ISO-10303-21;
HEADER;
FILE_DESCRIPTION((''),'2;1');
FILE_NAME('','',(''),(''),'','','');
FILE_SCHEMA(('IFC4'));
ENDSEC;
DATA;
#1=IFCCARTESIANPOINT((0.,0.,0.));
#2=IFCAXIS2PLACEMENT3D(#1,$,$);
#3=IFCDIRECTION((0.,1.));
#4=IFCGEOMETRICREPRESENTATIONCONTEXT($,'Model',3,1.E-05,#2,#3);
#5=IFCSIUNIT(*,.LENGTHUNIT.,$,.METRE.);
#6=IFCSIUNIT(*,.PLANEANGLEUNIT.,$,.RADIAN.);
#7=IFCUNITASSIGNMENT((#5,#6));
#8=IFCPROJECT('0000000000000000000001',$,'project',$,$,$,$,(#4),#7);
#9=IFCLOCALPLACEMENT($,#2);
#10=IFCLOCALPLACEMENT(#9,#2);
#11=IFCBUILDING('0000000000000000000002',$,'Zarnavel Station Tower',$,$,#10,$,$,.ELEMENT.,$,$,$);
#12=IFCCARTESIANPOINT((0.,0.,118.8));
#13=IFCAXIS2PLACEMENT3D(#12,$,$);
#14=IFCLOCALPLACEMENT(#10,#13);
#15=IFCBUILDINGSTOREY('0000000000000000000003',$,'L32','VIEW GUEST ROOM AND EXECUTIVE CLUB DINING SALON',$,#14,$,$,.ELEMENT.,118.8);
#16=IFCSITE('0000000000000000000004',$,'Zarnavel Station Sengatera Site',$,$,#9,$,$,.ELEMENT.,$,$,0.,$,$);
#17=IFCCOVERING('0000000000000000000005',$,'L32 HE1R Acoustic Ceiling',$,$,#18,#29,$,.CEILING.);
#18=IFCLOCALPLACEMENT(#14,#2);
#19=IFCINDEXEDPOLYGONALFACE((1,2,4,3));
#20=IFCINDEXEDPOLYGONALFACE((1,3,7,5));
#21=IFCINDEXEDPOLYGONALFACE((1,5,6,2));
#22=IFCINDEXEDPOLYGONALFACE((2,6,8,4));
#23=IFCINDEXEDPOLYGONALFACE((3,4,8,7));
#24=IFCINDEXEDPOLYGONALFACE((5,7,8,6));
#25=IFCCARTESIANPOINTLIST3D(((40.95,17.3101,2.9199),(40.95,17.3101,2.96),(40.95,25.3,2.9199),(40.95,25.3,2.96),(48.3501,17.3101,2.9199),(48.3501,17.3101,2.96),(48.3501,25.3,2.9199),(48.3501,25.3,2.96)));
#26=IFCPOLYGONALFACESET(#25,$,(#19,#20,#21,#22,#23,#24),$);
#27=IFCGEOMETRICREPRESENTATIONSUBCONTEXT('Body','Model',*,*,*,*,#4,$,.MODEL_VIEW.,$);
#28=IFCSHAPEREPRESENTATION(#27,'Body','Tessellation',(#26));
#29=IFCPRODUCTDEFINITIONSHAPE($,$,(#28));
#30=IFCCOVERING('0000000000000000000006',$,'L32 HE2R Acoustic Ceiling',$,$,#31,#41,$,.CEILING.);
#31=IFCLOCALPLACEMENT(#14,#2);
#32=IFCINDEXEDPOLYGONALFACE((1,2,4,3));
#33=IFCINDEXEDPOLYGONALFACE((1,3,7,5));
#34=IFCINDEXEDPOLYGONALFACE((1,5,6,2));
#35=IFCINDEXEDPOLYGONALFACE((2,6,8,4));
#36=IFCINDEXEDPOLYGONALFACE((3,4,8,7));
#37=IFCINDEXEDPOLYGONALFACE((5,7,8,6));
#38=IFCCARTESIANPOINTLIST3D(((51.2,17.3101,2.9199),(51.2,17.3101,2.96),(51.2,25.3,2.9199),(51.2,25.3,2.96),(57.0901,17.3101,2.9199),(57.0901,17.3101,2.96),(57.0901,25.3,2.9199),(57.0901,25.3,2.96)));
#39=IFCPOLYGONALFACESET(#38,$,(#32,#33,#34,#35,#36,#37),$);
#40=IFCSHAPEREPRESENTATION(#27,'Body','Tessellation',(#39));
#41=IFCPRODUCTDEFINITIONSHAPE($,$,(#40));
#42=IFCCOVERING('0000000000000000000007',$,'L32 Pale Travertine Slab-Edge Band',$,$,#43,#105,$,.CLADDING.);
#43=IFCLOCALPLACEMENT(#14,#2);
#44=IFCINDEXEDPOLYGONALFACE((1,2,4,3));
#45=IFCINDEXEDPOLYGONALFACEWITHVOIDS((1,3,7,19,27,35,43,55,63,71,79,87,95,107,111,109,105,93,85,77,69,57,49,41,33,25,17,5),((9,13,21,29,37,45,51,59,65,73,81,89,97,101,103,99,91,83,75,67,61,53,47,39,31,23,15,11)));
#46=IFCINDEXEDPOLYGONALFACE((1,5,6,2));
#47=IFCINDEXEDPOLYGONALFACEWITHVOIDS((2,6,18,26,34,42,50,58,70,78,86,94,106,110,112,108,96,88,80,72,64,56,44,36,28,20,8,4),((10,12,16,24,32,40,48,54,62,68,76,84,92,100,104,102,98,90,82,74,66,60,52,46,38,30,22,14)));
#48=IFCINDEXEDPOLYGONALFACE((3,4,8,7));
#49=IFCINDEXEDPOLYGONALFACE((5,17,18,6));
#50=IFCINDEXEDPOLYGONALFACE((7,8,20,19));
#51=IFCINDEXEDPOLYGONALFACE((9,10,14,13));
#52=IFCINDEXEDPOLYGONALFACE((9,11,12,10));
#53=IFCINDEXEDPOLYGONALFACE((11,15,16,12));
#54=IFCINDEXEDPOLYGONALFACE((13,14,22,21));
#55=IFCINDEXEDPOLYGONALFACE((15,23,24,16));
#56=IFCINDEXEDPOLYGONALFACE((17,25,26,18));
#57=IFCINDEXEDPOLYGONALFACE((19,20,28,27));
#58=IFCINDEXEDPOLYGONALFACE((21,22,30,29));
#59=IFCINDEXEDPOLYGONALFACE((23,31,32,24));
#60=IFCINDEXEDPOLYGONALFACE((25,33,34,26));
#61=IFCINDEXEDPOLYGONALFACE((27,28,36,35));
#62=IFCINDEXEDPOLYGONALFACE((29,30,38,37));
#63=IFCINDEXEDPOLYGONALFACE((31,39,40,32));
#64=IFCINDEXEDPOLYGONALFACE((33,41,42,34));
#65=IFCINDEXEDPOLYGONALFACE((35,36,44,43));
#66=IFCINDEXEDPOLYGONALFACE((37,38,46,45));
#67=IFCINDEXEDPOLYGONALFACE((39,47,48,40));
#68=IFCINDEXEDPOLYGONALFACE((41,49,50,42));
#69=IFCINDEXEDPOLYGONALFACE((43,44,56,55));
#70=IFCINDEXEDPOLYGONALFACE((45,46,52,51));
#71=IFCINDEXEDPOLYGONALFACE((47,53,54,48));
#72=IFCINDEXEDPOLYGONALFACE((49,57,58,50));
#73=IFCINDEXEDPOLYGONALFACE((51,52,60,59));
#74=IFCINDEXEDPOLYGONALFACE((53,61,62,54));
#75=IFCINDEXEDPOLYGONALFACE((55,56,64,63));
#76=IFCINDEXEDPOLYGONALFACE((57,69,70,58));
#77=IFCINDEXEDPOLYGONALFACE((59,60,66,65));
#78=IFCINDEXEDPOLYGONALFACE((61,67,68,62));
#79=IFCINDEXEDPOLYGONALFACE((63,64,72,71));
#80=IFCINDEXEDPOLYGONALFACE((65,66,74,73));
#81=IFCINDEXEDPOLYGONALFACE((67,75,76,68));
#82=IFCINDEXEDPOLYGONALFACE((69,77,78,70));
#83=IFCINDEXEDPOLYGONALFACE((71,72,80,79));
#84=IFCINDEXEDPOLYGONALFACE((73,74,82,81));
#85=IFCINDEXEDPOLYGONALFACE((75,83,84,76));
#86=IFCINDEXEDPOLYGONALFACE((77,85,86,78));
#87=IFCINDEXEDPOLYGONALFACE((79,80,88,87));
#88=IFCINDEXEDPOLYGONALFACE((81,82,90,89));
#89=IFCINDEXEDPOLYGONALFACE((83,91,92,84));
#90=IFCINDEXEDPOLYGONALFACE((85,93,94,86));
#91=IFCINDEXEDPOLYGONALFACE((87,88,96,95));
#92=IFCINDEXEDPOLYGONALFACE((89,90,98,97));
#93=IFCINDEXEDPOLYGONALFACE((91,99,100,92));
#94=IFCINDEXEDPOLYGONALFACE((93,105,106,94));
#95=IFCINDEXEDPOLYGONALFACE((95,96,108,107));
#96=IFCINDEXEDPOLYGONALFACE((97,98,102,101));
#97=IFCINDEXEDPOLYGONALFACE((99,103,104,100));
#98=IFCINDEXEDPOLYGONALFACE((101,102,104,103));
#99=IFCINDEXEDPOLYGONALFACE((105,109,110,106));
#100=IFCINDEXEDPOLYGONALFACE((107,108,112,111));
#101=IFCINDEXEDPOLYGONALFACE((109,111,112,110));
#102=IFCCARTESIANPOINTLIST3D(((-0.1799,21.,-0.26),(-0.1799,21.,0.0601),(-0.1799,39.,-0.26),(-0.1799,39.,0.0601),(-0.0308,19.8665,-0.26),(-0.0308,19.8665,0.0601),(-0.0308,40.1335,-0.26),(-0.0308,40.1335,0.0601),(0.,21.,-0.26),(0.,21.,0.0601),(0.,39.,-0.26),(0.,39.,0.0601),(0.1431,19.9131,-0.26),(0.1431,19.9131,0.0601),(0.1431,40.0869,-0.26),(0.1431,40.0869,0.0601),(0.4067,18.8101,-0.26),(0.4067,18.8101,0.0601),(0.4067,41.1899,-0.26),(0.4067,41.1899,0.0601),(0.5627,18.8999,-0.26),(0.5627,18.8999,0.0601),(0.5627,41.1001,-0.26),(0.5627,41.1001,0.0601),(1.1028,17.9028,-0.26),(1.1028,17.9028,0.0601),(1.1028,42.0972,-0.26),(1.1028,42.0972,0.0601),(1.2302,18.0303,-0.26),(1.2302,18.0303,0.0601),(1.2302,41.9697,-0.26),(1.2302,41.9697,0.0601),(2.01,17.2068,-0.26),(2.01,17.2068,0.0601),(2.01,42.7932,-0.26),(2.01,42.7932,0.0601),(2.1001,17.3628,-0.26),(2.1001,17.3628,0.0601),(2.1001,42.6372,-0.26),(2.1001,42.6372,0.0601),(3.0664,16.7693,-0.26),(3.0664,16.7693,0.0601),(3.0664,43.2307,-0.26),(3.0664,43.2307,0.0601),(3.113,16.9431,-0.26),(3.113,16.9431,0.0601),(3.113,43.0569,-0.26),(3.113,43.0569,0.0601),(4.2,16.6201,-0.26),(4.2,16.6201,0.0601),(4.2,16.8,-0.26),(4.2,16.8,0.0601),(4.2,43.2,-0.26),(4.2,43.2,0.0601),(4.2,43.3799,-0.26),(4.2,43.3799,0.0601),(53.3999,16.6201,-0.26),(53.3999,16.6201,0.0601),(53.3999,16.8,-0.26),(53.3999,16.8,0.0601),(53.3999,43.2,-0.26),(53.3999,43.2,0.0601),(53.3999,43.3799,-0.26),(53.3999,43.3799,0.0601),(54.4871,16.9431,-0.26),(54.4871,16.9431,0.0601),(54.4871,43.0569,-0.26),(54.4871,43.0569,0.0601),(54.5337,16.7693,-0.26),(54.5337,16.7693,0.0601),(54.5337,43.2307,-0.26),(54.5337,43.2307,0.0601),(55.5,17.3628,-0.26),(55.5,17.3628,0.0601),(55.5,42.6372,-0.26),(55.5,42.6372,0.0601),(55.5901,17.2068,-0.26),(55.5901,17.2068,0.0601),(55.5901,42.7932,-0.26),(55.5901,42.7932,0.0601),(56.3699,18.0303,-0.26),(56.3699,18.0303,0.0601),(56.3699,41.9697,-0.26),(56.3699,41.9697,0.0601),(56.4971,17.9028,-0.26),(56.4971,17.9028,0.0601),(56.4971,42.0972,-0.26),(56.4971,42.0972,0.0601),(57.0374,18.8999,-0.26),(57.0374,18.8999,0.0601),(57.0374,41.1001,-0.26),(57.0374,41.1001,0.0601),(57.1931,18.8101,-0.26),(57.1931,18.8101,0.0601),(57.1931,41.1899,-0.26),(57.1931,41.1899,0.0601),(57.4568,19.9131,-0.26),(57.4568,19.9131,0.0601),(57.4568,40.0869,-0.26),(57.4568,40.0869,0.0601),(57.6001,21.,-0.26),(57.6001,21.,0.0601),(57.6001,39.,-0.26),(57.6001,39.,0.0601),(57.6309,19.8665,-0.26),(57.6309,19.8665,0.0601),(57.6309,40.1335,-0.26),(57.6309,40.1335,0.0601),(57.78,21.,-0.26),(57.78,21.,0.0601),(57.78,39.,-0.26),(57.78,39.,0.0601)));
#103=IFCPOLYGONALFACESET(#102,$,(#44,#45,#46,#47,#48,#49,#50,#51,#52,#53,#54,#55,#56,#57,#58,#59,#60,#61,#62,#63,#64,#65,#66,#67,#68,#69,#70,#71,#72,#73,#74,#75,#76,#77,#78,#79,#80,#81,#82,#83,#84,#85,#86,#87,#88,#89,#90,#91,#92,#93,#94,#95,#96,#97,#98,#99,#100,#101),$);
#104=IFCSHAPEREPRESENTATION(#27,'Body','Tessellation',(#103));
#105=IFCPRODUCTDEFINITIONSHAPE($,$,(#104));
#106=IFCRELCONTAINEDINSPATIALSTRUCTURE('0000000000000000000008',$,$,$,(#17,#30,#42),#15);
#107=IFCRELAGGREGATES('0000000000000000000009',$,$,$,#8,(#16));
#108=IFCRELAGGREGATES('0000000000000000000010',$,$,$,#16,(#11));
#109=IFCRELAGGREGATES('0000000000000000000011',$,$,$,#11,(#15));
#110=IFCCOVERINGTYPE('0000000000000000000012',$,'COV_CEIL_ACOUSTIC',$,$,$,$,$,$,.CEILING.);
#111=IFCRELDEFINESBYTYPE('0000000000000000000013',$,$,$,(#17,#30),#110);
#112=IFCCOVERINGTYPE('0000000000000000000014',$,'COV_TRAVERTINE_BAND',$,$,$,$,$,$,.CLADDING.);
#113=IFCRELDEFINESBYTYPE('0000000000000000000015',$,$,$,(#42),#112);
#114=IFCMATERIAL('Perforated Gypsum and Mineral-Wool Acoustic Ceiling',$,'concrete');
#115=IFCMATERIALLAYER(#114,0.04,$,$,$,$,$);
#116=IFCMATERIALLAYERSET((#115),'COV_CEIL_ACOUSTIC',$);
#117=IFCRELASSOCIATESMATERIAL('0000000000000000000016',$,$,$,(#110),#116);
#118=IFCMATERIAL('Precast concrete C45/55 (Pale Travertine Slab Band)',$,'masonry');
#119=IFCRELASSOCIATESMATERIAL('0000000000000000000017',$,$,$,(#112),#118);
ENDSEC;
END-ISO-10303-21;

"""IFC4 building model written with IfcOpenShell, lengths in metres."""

from ifc_helpers import new_model, si_unit, direction, frame, origin, place, context, subcontext, project, spatial, polyline, outline, extrude, material, layer, layer_set, type_object, element, save


model = new_model("IFC4")

# Units and contexts
model_context = context("Model", 3, precision=1e-05, world=origin(), true_north=direction((0.0, 1.0)))
body_context = subcontext(model_context, "Body", "Model", "MODEL_VIEW")
ifc_project = project(units=[si_unit("LENGTHUNIT", "METRE"), si_unit("PLANEANGLEUNIT", "RADIAN")], contexts=[model_context])

# Site, building, storey
site_placement = place(None, origin())
site = spatial("IfcSite", under=ifc_project, at=site_placement, Name="Zarnavel Station Sengatera Site", CompositionType="ELEMENT", RefElevation=0.0)
building_placement = place(site_placement, origin())
building = spatial("IfcBuilding", under=site, at=building_placement, Name="Zarnavel Station Tower", CompositionType="ELEMENT")
storey_placement = place(building_placement, frame((0.0, 0.0, 118.8)))
storey = spatial("IfcBuildingStorey", under=building, at=storey_placement, Name="L32", Description="VIEW GUEST ROOM AND EXECUTIVE CLUB DINING SALON", CompositionType="ELEMENT", Elevation=118.8)

# Coverings
ifc_material_1 = material(Name="Perforated Gypsum and Mineral-Wool Acoustic Ceiling", Category="concrete")
ifc_layer_1 = layer(ifc_material_1, 0.04)
ifc_layer_set_1 = layer_set([ifc_layer_1], Name="COV_CEIL_ACOUSTIC")
covering_type_1 = type_object("IfcCoveringType", Name="COV_CEIL_ACOUSTIC", PredefinedType="CEILING", material=ifc_layer_set_1)
covering_1_placement = place(storey_placement, frame((0.0, 0.0, 2.9199)))
element("IfcCovering", 1, at=covering_1_placement, inside=storey, type_object=covering_type_1, Name="L32 HE1R Acoustic Ceiling", PredefinedType="CEILING", context=body_context, shape_type="SweptSolid", body=[
    extrude(outline(polyline([(40.95, 17.3101), (48.3501, 17.3101), (48.3501, 25.3), (40.95, 25.3), (40.95, 17.3101)])), origin(), (0.0, 0.0, 1.0), 0.04),
])
covering_2_placement = place(storey_placement, frame((0.0, 0.0, 2.9199)))
element("IfcCovering", 2, at=covering_2_placement, inside=storey, type_object=covering_type_1, Name="L32 HE2R Acoustic Ceiling", PredefinedType="CEILING", context=body_context, shape_type="SweptSolid", body=[
    extrude(outline(polyline([(51.2, 17.3101), (57.0901, 17.3101), (57.0901, 25.3), (51.2, 25.3), (51.2, 17.3101)])), origin(), (0.0, 0.0, 1.0), 0.04),
])
ifc_material_2 = material(Name="Precast concrete C45/55 (Pale Travertine Slab Band)", Category="masonry")
covering_type_2 = type_object("IfcCoveringType", Name="COV_TRAVERTINE_BAND", PredefinedType="CLADDING", material=ifc_material_2)
covering_3_placement = place(storey_placement, frame((0.0, 0.0, -0.26)))
element("IfcCovering", 3, at=covering_3_placement, inside=storey, type_object=covering_type_2, Name="L32 Pale Travertine Slab-Edge Band", PredefinedType="CLADDING", context=body_context, shape_type="SweptSolid", body=[
    extrude(outline(polyline([(53.3999, 16.6201), (54.5337, 16.7693), (55.5901, 17.2068), (56.4971, 17.9028), (57.1931, 18.8101), (57.6309, 19.8665), (57.78, 21.0), (57.78, 39.0), (57.6309, 40.1335), (57.1931, 41.1899), (56.4971, 42.0972), (55.5901, 42.7932), (54.5337, 43.2307), (53.3999, 43.3799), (4.2, 43.3799), (3.0664, 43.2307), (2.01, 42.7932), (1.1028, 42.0972), (0.4067, 41.1899), (-0.0308, 40.1335), (-0.1799, 39.0), (-0.1799, 21.0), (-0.0308, 19.8665), (0.4067, 18.8101), (1.1028, 17.9028), (2.01, 17.2068), (3.0664, 16.7693), (4.2, 16.6201), (53.3999, 16.6201)]), holes=[polyline([(53.3999, 16.8), (54.4871, 16.9431), (55.5, 17.3628), (56.3699, 18.0303), (57.0374, 18.8999), (57.4568, 19.9131), (57.6001, 21.0), (57.6001, 39.0), (57.4568, 40.0869), (57.0374, 41.1001), (56.3699, 41.9697), (55.5, 42.6372), (54.4871, 43.0569), (53.3999, 43.2), (4.2, 43.2), (3.113, 43.0569), (2.1001, 42.6372), (1.2302, 41.9697), (0.5627, 41.1001), (0.1431, 40.0869), (0.0, 39.0), (0.0, 21.0), (0.1431, 19.9131), (0.5627, 18.8999), (1.2302, 18.0303), (2.1001, 17.3628), (3.113, 16.9431), (4.2, 16.8), (53.3999, 16.8)])]), origin(), (0.0, 0.0, 1.0), 0.3201),
])

save(model, "model.ifc")
